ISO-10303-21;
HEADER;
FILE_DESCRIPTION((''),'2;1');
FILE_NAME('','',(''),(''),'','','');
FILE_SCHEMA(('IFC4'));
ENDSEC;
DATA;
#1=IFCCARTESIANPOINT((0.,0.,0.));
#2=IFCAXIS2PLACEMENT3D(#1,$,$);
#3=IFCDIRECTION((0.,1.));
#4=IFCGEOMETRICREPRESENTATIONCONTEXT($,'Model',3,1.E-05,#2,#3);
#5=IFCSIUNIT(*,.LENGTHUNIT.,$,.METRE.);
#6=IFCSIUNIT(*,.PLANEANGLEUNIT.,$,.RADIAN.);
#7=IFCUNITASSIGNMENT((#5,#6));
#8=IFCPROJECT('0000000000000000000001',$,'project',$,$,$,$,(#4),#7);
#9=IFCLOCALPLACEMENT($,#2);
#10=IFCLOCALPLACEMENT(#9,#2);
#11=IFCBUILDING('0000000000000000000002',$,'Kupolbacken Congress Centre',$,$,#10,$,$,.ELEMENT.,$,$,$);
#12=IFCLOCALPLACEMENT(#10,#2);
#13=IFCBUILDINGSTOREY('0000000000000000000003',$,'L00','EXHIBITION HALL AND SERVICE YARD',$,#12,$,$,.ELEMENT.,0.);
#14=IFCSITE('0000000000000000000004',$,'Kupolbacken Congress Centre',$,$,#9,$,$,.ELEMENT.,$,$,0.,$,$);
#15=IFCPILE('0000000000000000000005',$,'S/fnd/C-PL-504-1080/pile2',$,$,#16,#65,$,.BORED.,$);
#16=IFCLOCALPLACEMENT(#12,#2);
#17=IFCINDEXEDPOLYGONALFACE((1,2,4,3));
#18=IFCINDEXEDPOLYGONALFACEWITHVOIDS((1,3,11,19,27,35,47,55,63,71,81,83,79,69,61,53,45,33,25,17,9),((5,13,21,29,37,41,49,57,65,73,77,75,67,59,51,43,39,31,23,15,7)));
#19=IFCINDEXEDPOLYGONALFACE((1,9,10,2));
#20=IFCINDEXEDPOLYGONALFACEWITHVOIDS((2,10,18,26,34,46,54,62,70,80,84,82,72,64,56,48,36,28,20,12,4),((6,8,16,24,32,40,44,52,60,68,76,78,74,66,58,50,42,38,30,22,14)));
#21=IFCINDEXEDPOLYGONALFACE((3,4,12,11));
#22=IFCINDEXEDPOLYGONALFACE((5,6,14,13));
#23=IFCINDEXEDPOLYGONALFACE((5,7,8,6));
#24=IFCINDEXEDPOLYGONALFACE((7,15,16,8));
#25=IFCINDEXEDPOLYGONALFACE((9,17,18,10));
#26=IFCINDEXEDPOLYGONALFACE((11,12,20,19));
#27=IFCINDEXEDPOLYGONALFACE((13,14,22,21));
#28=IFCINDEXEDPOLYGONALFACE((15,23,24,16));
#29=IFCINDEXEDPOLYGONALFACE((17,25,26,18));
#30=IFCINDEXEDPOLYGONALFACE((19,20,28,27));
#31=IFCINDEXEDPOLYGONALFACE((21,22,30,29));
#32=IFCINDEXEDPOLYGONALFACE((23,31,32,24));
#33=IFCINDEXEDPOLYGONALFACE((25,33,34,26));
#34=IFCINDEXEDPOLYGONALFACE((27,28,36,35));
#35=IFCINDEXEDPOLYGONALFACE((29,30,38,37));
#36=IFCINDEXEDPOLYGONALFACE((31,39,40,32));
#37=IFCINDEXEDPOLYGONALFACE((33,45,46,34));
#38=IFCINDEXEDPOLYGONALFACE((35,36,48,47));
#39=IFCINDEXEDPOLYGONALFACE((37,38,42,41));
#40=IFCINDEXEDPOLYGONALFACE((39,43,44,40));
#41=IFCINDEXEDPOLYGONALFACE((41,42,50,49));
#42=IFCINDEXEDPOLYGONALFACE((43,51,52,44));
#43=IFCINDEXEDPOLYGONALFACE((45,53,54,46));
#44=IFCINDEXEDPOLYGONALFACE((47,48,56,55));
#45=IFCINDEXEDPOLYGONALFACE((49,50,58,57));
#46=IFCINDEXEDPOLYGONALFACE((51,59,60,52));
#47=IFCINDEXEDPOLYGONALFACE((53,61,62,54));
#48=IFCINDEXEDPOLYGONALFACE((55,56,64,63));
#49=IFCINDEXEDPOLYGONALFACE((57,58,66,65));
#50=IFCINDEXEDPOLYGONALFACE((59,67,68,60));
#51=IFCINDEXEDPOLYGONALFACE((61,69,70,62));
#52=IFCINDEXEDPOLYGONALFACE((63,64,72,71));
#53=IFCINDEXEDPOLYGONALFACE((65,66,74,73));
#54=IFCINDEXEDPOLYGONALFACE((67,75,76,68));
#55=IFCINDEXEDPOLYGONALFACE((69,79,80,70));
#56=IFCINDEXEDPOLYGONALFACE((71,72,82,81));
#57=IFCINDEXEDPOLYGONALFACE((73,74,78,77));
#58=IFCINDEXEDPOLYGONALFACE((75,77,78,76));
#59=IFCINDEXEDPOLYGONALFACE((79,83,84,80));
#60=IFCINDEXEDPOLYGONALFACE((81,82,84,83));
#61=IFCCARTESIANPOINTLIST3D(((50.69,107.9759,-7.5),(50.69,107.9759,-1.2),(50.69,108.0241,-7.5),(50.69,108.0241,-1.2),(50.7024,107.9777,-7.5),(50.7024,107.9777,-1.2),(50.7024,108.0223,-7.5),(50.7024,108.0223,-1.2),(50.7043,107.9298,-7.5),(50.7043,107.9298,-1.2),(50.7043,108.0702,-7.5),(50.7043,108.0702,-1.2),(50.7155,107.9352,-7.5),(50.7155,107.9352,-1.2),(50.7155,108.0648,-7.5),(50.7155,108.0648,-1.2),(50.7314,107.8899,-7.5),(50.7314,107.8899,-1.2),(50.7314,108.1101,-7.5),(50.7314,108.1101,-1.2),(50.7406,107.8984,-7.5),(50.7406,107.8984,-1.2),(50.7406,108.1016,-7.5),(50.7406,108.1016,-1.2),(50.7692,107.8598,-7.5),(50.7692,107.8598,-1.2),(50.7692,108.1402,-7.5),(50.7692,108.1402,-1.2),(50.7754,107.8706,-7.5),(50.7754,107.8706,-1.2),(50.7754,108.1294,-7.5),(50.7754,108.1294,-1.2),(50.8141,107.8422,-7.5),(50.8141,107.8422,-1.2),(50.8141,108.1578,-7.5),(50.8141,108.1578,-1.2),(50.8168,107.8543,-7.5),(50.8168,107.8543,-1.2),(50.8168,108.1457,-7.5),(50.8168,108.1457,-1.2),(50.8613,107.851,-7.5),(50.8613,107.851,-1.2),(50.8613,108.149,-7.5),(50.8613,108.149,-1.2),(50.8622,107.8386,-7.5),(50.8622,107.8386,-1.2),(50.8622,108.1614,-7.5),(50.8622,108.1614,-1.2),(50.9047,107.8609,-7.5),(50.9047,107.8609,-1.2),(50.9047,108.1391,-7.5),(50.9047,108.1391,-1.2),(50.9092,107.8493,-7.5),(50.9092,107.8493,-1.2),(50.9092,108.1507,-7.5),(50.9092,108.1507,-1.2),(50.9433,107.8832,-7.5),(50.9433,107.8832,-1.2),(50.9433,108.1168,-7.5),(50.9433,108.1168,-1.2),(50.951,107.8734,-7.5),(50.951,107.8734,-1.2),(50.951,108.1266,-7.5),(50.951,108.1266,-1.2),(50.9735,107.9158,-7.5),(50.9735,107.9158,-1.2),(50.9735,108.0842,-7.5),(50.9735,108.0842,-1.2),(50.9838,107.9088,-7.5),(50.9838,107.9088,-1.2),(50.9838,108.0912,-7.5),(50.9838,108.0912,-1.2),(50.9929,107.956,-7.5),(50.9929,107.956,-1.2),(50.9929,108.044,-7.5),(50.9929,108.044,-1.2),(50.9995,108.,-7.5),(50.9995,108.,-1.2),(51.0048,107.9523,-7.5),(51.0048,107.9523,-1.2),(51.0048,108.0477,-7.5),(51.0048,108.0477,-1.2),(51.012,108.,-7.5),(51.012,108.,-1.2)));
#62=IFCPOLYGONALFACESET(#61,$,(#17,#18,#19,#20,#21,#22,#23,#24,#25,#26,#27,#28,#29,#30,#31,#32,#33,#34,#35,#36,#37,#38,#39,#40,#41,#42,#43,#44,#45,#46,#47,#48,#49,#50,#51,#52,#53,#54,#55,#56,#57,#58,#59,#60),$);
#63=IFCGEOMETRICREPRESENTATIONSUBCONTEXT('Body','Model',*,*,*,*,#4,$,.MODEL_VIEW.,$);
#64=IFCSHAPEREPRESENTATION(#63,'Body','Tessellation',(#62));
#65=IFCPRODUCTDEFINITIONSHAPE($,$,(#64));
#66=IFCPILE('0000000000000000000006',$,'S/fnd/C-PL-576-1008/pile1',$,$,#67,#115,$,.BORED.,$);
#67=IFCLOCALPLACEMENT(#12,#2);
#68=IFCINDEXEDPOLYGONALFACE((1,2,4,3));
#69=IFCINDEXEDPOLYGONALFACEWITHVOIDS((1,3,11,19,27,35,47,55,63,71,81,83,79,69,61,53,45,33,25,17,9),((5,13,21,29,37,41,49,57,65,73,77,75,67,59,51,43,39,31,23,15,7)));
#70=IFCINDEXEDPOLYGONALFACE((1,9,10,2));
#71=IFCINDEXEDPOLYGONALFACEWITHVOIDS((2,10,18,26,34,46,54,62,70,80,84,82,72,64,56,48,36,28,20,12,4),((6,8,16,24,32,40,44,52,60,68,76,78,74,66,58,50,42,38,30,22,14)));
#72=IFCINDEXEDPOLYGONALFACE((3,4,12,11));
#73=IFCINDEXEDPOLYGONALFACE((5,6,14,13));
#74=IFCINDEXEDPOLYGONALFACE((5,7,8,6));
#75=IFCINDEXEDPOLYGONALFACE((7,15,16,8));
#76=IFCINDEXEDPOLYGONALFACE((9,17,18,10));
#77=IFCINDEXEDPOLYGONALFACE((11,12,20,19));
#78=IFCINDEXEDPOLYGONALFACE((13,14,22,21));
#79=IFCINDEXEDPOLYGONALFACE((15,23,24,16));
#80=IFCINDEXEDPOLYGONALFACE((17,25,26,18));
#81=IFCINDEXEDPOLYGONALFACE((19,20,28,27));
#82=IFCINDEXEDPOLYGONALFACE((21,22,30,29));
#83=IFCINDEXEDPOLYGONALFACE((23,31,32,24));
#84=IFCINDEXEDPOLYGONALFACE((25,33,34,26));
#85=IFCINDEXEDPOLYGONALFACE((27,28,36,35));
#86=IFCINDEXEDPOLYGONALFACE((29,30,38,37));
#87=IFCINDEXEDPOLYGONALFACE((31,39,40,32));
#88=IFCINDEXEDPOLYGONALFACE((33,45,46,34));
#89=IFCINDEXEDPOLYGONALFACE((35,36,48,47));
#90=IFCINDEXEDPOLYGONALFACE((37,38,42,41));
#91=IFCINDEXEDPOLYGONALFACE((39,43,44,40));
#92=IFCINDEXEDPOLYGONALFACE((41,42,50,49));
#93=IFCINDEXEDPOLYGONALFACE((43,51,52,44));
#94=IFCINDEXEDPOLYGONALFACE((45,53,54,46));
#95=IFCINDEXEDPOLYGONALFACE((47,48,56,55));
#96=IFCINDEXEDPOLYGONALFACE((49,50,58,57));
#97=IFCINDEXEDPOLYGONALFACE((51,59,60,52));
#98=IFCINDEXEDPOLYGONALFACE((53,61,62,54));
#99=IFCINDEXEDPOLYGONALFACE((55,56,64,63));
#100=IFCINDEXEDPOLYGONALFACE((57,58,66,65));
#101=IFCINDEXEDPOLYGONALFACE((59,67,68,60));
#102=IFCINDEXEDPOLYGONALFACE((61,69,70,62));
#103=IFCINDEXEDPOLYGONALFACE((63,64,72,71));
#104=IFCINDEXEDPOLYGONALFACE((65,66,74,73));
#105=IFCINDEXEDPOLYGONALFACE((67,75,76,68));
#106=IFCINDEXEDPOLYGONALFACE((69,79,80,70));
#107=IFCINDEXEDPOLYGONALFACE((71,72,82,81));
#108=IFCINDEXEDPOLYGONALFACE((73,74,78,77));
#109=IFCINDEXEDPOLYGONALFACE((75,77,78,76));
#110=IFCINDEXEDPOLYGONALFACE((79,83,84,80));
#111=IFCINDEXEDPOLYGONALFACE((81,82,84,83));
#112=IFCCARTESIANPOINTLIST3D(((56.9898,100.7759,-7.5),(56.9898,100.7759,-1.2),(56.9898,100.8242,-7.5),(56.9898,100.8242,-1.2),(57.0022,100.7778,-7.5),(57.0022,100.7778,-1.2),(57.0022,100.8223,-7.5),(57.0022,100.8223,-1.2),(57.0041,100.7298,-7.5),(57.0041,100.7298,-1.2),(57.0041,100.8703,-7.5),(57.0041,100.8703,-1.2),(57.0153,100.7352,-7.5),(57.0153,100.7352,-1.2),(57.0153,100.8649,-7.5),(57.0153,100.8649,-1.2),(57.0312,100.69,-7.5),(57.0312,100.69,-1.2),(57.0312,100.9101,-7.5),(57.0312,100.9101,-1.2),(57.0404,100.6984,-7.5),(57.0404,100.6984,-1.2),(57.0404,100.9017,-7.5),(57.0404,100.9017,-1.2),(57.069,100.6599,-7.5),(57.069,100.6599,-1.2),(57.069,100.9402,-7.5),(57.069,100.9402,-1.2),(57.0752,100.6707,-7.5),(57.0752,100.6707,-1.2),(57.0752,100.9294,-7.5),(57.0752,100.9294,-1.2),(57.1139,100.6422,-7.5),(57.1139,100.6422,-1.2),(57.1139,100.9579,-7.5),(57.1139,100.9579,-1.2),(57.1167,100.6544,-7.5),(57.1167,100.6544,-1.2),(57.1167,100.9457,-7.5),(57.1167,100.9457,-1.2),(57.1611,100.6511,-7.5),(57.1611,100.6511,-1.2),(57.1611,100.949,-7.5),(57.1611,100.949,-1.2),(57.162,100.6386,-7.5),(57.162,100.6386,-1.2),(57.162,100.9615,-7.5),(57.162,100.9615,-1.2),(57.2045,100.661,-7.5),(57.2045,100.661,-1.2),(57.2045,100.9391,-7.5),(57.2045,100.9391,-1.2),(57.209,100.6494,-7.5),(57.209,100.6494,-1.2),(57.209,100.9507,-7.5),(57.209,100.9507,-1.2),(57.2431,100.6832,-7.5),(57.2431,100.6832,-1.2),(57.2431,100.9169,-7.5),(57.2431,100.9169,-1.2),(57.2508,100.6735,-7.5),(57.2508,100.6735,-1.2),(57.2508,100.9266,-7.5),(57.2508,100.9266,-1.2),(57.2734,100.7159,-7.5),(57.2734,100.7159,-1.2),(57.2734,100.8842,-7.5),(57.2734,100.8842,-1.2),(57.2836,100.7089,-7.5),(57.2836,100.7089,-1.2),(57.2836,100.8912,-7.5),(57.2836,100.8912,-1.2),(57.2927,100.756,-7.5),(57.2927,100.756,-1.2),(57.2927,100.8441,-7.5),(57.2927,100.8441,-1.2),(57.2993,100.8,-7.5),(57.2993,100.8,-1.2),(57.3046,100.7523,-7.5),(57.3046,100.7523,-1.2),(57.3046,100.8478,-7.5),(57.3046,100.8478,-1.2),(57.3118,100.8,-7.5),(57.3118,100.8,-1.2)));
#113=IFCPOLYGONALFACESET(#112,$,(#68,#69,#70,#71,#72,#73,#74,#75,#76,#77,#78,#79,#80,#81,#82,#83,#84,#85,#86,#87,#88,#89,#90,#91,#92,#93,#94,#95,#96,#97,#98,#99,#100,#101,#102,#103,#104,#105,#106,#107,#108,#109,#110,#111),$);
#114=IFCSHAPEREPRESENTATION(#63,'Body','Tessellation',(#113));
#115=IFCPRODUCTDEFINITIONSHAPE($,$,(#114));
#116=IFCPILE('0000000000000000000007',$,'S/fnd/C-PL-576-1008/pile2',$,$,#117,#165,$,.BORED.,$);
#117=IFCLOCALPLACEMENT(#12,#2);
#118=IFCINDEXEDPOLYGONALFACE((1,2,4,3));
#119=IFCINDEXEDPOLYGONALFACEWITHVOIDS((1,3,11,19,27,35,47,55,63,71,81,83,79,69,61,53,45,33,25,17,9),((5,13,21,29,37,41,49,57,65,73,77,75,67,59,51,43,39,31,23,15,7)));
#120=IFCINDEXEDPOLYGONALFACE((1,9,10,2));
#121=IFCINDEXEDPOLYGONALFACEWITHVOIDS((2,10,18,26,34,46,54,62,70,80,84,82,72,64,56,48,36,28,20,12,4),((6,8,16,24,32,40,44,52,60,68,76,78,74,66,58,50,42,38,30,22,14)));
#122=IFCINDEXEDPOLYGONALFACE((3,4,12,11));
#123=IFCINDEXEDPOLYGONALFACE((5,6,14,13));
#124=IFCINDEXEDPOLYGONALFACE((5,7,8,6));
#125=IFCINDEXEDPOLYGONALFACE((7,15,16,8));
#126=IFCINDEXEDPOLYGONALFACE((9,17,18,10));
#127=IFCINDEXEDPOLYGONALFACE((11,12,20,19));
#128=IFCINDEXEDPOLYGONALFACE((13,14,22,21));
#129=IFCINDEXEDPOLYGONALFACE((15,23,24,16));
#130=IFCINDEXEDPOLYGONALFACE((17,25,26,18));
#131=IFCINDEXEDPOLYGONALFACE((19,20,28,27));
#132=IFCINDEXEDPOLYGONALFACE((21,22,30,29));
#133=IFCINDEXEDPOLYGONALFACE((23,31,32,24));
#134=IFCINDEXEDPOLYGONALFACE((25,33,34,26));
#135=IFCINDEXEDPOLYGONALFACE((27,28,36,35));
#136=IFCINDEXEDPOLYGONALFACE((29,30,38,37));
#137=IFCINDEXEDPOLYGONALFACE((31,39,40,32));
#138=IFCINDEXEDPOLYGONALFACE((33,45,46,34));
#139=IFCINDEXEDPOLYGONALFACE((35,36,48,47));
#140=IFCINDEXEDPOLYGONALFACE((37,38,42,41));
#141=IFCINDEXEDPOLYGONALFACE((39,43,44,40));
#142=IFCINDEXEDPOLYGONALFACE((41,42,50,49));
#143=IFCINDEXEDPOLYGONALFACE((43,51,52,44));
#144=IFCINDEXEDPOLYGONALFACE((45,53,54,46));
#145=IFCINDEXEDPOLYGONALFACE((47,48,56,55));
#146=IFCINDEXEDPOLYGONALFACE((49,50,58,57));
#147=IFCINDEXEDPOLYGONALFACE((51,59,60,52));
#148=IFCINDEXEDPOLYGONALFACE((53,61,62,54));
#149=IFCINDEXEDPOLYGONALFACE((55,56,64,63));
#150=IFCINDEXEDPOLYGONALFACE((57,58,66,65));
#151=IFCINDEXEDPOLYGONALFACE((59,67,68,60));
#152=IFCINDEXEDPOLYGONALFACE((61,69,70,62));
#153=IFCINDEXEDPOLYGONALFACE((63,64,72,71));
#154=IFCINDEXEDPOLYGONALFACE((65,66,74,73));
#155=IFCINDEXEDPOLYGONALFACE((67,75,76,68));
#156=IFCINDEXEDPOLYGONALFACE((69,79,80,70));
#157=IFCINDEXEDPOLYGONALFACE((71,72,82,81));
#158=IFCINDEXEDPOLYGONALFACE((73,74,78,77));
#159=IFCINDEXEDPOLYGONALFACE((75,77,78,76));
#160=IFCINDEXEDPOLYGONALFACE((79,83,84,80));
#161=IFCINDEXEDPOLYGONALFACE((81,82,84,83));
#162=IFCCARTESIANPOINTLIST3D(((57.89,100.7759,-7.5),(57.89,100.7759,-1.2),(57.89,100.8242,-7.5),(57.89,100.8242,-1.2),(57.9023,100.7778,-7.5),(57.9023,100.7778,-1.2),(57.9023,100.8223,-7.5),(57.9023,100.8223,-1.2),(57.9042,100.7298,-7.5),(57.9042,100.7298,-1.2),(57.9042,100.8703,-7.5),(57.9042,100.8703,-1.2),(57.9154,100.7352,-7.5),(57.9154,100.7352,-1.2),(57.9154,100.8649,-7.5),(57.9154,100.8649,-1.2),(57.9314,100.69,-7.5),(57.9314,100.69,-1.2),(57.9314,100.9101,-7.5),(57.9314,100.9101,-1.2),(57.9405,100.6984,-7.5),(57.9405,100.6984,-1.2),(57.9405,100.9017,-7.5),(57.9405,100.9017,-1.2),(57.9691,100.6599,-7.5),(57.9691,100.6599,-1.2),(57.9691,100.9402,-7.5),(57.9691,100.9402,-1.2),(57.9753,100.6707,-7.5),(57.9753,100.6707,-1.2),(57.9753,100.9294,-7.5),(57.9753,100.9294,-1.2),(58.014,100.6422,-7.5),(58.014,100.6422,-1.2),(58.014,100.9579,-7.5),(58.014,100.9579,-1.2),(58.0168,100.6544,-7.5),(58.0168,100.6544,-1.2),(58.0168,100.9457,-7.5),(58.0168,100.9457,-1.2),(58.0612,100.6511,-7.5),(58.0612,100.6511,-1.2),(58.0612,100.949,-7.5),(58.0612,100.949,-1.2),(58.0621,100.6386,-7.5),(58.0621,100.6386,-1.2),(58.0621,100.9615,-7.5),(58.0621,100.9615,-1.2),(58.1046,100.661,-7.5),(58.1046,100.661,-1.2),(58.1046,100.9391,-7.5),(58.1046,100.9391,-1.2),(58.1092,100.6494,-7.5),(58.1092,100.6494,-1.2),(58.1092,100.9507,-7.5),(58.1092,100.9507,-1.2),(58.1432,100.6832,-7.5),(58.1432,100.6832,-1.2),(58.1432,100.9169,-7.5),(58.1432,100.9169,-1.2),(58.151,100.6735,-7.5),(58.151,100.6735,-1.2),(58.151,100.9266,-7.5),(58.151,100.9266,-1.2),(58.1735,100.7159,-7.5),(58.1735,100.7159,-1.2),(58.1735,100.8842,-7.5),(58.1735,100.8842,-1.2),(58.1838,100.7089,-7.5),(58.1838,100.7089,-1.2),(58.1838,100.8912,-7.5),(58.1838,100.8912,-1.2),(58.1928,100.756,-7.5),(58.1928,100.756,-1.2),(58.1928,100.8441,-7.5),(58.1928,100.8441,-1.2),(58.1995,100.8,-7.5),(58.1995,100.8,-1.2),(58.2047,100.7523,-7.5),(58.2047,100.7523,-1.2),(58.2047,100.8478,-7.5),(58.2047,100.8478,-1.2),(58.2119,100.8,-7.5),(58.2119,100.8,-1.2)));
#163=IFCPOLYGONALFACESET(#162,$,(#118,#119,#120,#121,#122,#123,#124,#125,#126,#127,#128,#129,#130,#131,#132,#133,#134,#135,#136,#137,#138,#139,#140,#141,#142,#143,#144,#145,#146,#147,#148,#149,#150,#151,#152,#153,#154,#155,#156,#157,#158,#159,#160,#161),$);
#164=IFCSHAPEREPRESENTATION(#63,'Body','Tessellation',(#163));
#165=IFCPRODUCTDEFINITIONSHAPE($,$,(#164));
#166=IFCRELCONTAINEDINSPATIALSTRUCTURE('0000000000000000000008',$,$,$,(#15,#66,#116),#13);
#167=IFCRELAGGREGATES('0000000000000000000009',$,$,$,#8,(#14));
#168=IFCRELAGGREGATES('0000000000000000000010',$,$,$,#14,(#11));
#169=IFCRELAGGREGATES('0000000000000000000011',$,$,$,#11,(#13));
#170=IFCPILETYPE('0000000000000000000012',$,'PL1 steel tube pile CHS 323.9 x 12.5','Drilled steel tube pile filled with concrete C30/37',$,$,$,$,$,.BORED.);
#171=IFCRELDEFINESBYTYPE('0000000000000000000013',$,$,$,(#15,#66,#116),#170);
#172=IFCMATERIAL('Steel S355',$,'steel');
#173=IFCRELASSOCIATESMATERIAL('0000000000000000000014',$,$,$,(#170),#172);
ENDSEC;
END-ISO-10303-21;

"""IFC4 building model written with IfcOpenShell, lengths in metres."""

from ifc_helpers import new_model, si_unit, direction, frame, origin, origin_2d, place, context, subcontext, project, spatial, hollow_circle, extrude, material, material_profile, profile_set, type_object, element, save


model = new_model("IFC4")

# Units and contexts
model_context = context("Model", 3, precision=1e-05, world=origin(), true_north=direction((0.0, 1.0)))
body_context = subcontext(model_context, "Body", "Model", "MODEL_VIEW")
ifc_project = project(units=[si_unit("LENGTHUNIT", "METRE"), si_unit("PLANEANGLEUNIT", "RADIAN")], contexts=[model_context])

# Site, building, storey
site_placement = place(None, origin())
site = spatial("IfcSite", under=ifc_project, at=site_placement, Name="Kupolbacken Congress Centre", CompositionType="ELEMENT", RefElevation=0.0)
building_placement = place(site_placement, origin())
building = spatial("IfcBuilding", under=site, at=building_placement, Name="Kupolbacken Congress Centre", CompositionType="ELEMENT")
storey_placement = place(building_placement, origin())
storey = spatial("IfcBuildingStorey", under=building, at=storey_placement, Name="L00", Description="EXHIBITION HALL AND SERVICE YARD", CompositionType="ELEMENT", Elevation=0.0)

# Piles
ifc_material_1 = material(Name="Steel S355", Category="steel")
ifc_material_profile_1 = material_profile(ifc_material_1, hollow_circle(Radius=0.1619, WallThickness=0.0125, at=origin_2d()), Name="CHS 323.9 x 12.5")
ifc_profile_set_1 = profile_set([ifc_material_profile_1], Name="Steel S355")
pile_type_1 = type_object("IfcPileType", Name="PL1 steel tube pile CHS 323.9 x 12.5", Description="Drilled steel tube pile filled with concrete C30/37", PredefinedType="BORED", material=ifc_profile_set_1)
for number, where, z_axis, x_axis, name in (
    (1, (50.8501, 108.0, -1.2), (0.0, 0.0, -1.0), (1.0, 0.0, 0.0), "S/fnd/C-PL-504-1080/pile2"),
    (2, (57.1499, 100.8, -1.2), (0.0, 0.0, -1.0), (1.0, 0.0, 0.0), "S/fnd/C-PL-576-1008/pile1"),
    (3, (58.05, 100.8, -1.2), (0.0, 0.0, -1.0), (1.0, 0.0, 0.0), "S/fnd/C-PL-576-1008/pile2"),
):
    element("IfcPile", number, at=place(storey_placement, frame(where, z_axis=z_axis, x_axis=x_axis)), inside=storey, type_object=pile_type_1, Name=name, PredefinedType="BORED", context=body_context, shape_type="SweptSolid", body=[
        extrude(hollow_circle(Radius=0.1619, WallThickness=0.0125, at=origin_2d()), origin(), (0.0, 0.0, 1.0), 6.3),
    ])

save(model, "model.ifc")
